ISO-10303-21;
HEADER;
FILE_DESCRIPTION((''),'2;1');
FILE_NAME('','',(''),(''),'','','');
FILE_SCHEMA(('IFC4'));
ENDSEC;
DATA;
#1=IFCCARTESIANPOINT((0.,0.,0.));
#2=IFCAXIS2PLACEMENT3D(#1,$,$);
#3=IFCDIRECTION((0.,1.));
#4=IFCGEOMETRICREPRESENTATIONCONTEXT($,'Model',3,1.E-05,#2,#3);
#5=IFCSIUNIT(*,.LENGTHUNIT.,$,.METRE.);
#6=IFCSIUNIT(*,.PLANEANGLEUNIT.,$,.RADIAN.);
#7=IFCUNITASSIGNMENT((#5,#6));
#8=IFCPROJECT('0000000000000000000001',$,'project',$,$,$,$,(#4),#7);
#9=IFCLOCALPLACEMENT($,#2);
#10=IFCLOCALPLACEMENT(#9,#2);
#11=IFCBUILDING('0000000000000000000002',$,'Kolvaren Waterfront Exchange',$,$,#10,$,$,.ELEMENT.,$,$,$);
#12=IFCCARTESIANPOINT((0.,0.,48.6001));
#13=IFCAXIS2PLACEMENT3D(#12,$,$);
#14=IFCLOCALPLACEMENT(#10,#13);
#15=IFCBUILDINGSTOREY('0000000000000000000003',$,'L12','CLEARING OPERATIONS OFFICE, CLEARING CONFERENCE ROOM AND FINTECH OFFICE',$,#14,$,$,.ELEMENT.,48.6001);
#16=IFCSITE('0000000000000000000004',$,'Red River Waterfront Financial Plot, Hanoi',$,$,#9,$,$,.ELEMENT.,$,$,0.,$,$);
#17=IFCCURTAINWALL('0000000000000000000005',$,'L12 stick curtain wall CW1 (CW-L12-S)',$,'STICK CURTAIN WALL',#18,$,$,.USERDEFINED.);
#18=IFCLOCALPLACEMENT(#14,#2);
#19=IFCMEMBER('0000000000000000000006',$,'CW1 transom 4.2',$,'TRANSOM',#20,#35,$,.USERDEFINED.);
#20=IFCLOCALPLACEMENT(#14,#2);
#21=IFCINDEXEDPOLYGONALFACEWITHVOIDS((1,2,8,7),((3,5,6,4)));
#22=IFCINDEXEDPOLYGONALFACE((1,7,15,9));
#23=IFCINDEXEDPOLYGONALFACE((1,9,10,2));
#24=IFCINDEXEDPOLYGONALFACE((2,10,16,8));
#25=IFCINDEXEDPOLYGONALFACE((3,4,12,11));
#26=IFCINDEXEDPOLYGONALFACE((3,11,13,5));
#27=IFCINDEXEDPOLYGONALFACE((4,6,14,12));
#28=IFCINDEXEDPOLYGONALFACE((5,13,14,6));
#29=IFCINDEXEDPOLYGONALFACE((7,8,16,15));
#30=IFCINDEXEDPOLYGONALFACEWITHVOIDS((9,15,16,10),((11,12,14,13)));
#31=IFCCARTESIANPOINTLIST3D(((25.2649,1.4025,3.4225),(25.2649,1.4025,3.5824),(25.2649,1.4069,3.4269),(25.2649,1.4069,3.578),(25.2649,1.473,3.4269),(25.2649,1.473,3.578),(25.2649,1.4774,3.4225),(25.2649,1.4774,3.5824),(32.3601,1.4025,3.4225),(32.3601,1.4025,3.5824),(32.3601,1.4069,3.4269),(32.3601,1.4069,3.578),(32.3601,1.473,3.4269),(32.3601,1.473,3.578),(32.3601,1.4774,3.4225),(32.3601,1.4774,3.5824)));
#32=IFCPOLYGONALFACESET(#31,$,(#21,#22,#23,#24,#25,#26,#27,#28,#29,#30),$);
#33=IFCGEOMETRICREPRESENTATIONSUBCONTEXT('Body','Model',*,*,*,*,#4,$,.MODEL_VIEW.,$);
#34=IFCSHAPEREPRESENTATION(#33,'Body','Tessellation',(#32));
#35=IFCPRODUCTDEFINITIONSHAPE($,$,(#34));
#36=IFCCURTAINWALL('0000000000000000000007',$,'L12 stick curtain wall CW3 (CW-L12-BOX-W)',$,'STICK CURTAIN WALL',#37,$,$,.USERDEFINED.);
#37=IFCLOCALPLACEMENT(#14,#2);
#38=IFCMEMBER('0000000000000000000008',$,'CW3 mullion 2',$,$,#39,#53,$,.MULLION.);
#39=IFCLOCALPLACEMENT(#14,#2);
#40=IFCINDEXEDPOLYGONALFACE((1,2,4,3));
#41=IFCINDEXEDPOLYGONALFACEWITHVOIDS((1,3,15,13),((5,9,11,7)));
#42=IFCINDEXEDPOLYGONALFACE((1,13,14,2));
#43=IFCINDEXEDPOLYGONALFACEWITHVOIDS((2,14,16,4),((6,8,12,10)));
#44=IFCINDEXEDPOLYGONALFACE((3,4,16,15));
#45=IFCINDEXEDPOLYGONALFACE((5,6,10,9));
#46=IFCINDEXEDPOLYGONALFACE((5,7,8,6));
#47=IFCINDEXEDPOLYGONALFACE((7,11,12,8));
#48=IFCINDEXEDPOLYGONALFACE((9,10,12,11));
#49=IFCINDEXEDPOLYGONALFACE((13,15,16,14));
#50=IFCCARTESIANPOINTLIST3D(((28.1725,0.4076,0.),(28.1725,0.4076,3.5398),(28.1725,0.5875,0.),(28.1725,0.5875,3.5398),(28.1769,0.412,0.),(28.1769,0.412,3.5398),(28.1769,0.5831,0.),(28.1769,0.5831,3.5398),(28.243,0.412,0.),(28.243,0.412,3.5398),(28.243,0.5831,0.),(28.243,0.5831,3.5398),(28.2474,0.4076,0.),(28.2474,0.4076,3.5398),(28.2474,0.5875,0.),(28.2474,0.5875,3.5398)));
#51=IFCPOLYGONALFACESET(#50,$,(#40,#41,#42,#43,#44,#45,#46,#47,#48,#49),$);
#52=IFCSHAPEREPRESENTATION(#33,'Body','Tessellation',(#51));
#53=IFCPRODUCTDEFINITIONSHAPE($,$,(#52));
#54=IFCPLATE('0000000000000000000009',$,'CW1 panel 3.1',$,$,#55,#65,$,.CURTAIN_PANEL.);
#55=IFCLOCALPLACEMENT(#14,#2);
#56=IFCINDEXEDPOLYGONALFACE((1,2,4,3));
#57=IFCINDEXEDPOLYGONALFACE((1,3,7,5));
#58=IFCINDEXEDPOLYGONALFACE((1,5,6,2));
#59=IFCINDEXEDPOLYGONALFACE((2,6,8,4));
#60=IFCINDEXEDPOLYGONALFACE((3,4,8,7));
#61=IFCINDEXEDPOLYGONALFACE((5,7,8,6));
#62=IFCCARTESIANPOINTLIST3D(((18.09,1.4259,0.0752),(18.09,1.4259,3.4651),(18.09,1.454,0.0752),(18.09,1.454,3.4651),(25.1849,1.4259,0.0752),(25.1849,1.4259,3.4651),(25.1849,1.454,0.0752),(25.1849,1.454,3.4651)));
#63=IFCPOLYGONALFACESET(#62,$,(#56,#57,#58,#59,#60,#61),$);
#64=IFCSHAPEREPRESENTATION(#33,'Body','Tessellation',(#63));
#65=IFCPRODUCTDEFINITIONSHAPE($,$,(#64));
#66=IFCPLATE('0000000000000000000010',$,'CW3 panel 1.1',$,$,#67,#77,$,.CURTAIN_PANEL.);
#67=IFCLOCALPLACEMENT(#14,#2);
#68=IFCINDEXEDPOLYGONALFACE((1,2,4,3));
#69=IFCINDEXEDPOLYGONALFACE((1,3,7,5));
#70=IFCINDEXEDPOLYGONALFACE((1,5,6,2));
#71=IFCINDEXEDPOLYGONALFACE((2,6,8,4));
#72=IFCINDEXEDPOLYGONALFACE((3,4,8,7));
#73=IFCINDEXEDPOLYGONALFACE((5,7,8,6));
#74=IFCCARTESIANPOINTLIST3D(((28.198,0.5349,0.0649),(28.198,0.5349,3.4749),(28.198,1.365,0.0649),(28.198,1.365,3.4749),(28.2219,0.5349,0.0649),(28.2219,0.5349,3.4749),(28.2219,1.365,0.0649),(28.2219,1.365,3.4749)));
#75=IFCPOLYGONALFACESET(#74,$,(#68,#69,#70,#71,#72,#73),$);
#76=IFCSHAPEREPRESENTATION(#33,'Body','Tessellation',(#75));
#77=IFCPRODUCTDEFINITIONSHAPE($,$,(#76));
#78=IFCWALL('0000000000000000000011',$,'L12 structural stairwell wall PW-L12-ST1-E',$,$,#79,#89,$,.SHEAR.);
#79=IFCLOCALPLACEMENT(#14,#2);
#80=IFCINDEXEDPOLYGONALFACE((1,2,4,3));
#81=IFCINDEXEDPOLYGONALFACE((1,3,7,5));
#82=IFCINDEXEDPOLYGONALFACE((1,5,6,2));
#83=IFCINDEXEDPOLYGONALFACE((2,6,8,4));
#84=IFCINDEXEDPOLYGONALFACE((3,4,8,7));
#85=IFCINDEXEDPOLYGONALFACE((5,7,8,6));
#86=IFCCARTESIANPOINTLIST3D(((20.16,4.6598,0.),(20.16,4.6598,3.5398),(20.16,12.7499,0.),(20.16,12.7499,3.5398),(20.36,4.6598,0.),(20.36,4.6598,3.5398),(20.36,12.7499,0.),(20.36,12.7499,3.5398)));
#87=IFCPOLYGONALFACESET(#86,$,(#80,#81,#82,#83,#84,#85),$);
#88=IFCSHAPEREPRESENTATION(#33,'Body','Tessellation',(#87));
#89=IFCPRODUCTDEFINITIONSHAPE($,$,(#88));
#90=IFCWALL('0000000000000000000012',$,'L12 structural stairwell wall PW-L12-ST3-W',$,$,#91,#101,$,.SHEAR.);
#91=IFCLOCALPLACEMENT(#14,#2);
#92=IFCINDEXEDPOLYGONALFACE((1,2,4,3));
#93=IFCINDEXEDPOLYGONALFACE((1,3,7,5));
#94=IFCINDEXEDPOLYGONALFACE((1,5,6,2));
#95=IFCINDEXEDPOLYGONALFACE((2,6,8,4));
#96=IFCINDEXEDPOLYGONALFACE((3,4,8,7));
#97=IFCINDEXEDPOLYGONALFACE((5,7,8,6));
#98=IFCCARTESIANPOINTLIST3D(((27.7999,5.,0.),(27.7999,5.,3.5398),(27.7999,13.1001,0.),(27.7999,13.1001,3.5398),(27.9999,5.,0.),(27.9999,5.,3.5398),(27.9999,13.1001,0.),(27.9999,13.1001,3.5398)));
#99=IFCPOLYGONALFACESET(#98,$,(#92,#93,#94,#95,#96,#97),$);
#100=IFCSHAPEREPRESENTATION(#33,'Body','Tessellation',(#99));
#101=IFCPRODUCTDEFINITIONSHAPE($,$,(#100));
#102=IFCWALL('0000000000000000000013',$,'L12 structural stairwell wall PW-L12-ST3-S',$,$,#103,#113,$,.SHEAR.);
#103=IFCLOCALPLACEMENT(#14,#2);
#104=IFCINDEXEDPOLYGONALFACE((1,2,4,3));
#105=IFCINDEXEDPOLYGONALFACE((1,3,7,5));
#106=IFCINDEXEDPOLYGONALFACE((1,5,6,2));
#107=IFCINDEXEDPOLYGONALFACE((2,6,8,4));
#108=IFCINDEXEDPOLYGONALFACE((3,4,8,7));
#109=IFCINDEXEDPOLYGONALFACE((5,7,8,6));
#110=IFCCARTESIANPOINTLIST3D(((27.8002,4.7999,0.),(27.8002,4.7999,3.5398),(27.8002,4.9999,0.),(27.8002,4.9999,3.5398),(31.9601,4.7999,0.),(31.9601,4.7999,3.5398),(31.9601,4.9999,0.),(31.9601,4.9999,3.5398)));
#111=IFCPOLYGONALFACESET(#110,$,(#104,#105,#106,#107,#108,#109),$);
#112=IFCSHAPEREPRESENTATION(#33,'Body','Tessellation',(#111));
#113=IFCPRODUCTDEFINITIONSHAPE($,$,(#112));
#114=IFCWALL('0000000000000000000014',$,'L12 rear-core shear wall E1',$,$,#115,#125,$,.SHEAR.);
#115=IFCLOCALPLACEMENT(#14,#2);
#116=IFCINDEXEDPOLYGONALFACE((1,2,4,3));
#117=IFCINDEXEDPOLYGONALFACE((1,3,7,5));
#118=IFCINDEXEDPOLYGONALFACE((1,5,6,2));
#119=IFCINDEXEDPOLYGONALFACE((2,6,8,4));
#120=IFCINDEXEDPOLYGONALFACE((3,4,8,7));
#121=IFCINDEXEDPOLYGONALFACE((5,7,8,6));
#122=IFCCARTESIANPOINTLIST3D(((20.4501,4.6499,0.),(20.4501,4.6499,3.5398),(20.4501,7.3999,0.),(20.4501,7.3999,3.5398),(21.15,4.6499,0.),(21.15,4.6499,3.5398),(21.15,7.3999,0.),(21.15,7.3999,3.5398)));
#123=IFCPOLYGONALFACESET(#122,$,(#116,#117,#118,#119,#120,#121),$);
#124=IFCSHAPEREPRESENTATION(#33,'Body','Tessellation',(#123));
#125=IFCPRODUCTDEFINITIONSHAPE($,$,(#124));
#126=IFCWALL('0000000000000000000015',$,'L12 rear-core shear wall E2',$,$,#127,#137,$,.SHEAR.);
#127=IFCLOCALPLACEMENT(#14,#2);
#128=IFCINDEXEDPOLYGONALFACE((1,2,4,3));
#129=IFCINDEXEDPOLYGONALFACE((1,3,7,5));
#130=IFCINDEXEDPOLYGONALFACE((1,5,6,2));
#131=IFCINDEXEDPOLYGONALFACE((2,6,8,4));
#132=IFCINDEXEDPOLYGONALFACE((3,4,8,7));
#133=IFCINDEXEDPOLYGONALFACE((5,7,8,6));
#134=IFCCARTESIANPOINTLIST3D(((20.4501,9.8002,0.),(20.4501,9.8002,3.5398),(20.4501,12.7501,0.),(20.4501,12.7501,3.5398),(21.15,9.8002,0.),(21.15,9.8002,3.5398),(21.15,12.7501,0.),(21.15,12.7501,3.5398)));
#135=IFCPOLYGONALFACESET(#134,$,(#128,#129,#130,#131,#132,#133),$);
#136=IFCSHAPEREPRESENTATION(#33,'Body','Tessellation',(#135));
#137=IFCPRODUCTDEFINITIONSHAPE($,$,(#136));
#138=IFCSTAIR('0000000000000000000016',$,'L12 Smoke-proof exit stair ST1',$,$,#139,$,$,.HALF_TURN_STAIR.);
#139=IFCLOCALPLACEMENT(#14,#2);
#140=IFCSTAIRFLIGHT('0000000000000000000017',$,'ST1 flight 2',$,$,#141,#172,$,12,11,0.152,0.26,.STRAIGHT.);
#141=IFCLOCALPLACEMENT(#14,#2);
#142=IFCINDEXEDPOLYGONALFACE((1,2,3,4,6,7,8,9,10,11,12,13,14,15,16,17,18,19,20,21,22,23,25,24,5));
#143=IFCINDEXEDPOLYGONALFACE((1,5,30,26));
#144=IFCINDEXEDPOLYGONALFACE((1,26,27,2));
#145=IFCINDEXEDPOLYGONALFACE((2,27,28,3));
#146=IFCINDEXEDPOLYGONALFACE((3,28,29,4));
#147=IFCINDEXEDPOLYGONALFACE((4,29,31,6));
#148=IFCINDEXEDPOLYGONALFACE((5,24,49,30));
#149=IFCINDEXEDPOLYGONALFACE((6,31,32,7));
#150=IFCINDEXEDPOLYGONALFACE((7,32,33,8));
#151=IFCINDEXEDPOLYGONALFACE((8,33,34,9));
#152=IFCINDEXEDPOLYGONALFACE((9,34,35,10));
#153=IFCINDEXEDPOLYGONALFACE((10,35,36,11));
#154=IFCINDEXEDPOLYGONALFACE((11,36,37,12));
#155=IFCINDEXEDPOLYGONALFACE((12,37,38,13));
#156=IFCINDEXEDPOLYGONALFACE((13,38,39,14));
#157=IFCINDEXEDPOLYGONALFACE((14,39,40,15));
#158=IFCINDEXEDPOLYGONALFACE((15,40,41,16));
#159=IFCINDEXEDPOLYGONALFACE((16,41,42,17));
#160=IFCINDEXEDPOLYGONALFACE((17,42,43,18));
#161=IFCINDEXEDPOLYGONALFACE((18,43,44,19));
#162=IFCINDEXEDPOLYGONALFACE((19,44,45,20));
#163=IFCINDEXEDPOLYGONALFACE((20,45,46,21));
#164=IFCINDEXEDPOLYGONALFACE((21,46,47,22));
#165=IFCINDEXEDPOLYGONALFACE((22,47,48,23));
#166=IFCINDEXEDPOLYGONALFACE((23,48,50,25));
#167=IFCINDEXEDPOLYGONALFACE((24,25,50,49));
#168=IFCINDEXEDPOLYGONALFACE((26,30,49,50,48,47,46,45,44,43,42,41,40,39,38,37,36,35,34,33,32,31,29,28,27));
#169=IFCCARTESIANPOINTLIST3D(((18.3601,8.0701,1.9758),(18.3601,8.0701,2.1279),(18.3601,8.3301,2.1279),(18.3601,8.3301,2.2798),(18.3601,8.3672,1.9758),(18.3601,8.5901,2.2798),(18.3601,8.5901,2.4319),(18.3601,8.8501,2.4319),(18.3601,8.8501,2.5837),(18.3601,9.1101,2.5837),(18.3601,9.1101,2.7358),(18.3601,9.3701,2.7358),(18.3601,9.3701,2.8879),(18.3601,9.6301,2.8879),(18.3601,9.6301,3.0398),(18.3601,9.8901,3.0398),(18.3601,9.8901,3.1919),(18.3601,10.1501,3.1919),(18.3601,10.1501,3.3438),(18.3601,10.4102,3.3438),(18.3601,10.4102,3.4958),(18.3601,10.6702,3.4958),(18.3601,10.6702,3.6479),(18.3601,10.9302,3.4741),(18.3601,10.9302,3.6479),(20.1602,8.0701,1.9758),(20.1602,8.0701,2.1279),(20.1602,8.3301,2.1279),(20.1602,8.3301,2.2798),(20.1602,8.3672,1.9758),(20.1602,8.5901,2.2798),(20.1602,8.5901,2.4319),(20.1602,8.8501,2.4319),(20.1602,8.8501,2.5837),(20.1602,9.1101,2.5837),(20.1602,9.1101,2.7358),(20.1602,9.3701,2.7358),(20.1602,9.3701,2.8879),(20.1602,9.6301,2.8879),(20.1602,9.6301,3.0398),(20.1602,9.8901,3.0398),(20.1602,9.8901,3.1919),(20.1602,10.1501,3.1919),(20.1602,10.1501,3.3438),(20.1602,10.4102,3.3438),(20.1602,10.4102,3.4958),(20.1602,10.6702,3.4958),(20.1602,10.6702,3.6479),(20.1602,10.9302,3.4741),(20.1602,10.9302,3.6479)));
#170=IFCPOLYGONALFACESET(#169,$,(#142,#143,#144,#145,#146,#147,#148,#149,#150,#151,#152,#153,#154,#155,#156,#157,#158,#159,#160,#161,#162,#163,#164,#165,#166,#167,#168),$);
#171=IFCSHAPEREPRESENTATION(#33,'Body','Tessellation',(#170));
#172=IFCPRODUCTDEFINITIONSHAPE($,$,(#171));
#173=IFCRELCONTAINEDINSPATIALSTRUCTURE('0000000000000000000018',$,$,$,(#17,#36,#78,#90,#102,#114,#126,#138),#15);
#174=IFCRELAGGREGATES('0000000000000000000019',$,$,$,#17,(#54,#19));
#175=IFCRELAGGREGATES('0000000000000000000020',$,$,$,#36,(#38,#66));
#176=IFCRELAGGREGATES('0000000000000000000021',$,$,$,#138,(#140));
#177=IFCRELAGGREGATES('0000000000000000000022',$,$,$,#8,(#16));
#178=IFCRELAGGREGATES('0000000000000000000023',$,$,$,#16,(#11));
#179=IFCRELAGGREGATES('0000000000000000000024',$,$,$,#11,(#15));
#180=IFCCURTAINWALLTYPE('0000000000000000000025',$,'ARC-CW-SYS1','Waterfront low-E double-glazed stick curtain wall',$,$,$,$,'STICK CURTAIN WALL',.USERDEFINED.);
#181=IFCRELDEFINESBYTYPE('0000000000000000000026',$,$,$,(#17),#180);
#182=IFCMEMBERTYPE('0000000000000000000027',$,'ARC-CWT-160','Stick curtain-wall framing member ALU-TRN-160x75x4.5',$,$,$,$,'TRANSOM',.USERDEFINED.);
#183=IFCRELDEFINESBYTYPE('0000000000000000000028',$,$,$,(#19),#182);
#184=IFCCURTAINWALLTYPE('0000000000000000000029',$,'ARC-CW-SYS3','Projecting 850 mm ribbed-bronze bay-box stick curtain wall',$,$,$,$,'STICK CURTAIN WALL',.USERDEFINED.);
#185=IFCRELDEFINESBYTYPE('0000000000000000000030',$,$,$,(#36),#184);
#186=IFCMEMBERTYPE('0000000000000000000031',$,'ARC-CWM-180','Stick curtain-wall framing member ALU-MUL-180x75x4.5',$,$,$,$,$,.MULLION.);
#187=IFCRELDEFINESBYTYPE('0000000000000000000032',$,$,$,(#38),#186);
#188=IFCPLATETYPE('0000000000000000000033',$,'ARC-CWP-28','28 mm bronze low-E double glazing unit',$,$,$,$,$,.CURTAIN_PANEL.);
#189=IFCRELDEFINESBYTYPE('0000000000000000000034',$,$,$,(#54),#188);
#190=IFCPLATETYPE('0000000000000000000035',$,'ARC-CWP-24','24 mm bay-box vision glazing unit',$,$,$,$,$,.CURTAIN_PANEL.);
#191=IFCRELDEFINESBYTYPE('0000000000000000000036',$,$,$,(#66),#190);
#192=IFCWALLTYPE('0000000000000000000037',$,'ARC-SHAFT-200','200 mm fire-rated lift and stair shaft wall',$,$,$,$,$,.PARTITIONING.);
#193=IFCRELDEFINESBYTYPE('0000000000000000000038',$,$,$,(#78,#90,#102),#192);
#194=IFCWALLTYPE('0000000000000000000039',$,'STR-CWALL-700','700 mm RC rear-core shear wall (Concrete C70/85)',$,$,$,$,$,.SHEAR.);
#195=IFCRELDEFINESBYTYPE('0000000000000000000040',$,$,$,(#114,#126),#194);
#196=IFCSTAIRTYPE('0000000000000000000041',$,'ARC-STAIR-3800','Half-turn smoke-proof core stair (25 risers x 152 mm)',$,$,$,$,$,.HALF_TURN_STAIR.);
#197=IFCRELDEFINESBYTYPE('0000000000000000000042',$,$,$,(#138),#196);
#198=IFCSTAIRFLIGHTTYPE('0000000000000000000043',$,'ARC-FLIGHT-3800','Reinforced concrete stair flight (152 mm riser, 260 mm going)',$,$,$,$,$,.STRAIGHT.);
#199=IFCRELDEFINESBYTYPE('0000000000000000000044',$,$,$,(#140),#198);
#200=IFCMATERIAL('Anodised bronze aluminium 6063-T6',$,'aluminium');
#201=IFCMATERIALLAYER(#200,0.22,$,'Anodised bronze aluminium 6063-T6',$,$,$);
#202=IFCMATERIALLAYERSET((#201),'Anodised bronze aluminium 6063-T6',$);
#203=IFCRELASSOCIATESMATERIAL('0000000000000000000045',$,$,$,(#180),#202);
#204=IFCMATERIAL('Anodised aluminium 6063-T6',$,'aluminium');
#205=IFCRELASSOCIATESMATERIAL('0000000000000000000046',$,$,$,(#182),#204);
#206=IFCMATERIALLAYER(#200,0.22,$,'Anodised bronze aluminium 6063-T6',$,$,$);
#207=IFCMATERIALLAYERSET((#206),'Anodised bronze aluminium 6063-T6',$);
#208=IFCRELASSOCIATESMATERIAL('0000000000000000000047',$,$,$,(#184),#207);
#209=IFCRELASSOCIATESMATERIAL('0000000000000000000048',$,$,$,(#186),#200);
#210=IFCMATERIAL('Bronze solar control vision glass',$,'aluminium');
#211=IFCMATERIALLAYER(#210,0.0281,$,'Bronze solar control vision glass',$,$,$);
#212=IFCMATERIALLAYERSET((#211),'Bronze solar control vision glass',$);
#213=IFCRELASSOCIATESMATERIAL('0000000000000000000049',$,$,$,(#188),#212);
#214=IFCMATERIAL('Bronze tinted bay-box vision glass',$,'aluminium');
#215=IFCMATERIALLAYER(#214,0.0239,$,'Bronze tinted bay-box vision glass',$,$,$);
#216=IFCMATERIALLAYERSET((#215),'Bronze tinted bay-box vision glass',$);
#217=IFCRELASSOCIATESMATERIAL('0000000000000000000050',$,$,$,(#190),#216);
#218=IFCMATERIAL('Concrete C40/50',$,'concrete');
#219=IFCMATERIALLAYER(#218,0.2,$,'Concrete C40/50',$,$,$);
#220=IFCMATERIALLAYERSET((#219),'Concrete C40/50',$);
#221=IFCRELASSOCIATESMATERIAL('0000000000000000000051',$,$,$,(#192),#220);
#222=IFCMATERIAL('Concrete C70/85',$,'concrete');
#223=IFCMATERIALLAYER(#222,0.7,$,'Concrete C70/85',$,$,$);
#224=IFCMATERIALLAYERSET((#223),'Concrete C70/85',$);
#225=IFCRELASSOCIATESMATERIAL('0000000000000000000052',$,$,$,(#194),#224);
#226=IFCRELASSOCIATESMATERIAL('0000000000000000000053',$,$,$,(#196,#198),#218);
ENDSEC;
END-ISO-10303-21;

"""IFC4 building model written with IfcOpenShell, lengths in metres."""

from ifc_helpers import new_model, si_unit, direction, frame, frame_2d, origin, origin_with_axes, origin_2d, place, context, subcontext, project, spatial, polyline, rectangle, hollow_rectangle, outline, extrude, source, transform, mapped, material, layer, layer_set, material_profile, profile_set, type_object, element, aggregate, save


model = new_model("IFC4")

# Units and contexts
model_context = context("Model", 3, precision=1e-05, world=origin(), true_north=direction((0.0, 1.0)))
body_context = subcontext(model_context, "Body", "Model", "MODEL_VIEW")
ifc_project = project(units=[si_unit("LENGTHUNIT", "METRE"), si_unit("PLANEANGLEUNIT", "RADIAN")], contexts=[model_context])

# Site, building, storey
site_placement = place(None, origin())
site = spatial("IfcSite", under=ifc_project, at=site_placement, Name="Red River Waterfront Financial Plot, Hanoi", CompositionType="ELEMENT", RefElevation=0.0)
building_placement = place(site_placement, origin())
building = spatial("IfcBuilding", under=site, at=building_placement, Name="Kolvaren Waterfront Exchange", CompositionType="ELEMENT")
storey_placement = place(building_placement, frame((0.0, 0.0, 48.6001)))
storey = spatial("IfcBuildingStorey", under=building, at=storey_placement, Name="L12", Description="CLEARING OPERATIONS OFFICE, CLEARING CONFERENCE ROOM AND FINTECH OFFICE", CompositionType="ELEMENT", Elevation=48.6001)

# Shared definitions
ifc_material_1 = material(Name="Concrete C70/85", Category="concrete")

# Curtain wall, member
ifc_material_2 = material(Name="Anodised bronze aluminium 6063-T6", Category="aluminium")
ifc_layer_1 = layer(ifc_material_2, 0.22, Name="Anodised bronze aluminium 6063-T6")
ifc_layer_set_1 = layer_set([ifc_layer_1], Name="Anodised bronze aluminium 6063-T6")
curtain_wall_type_1 = type_object("IfcCurtainWallType", Name="ARC-CW-SYS1", Description="Waterfront low-E double-glazed stick curtain wall", ElementType="STICK CURTAIN WALL", PredefinedType="USERDEFINED", material=ifc_layer_set_1)
curtain_wall_1_placement = place(storey_placement, origin())
curtain_wall_1 = element("IfcCurtainWall", 1, at=curtain_wall_1_placement, inside=storey, type_object=curtain_wall_type_1, Name="L12 stick curtain wall CW1 (CW-L12-S)", ObjectType="STICK CURTAIN WALL", PredefinedType="USERDEFINED")
ifc_material_3 = material(Name="Anodised aluminium 6063-T6", Category="aluminium")
ifc_material_profile_1 = material_profile(ifc_material_3, hollow_rectangle(XDim=0.075, YDim=0.1599, WallThickness=0.0044, at=origin_2d()), Name="ALU-TRN-160x75x4.5")
ifc_profile_set_1 = profile_set([ifc_material_profile_1], Name="Anodised aluminium 6063-T6")
member_type_1 = type_object("IfcMemberType", Name="ARC-CWT-160", Description="Stick curtain-wall framing member ALU-TRN-160x75x4.5", ElementType="TRANSOM", PredefinedType="USERDEFINED", material=ifc_profile_set_1)
shared_shape_1 = source(origin_with_axes(), body_context, "Body", "SweptSolid", [
    extrude(hollow_rectangle(XDim=0.075, YDim=0.1599, WallThickness=0.0044, at=origin_2d()), origin(), (0.0, 0.0, 1.0), 7.0952),
])
member_1_placement = place(storey_placement, frame((25.2649, 1.4399, 3.5024), z_axis=(1.0, 0.0, 0.0), x_axis=(0.0, 1.0, 0.0)))
member_1 = element("IfcMember", 2, at=member_1_placement, type_object=member_type_1, Name="CW1 transom 4.2", ObjectType="TRANSOM", PredefinedType="USERDEFINED", context=body_context, shape_type="MappedRepresentation", body=[
    mapped(shared_shape_1, transform((0.0, 0.0, 0.0), x_axis=(1.0, 0.0, 0.0), y_axis=(0.0, 1.0, 0.0), z_axis=(0.0, 0.0, 1.0), scale=1.0)),
])

# Curtain wall, member
ifc_layer_2 = layer(ifc_material_2, 0.22, Name="Anodised bronze aluminium 6063-T6")
ifc_layer_set_2 = layer_set([ifc_layer_2], Name="Anodised bronze aluminium 6063-T6")
curtain_wall_type_2 = type_object("IfcCurtainWallType", Name="ARC-CW-SYS3", Description="Projecting 850 mm ribbed-bronze bay-box stick curtain wall", ElementType="STICK CURTAIN WALL", PredefinedType="USERDEFINED", material=ifc_layer_set_2)
curtain_wall_2_placement = place(storey_placement, origin())
curtain_wall_2 = element("IfcCurtainWall", 3, at=curtain_wall_2_placement, inside=storey, type_object=curtain_wall_type_2, Name="L12 stick curtain wall CW3 (CW-L12-BOX-W)", ObjectType="STICK CURTAIN WALL", PredefinedType="USERDEFINED")
ifc_material_profile_2 = material_profile(ifc_material_2, hollow_rectangle(XDim=0.075, YDim=0.1799, WallThickness=0.0044, at=origin_2d()), Name="ALU-MUL-180x75x4.5")
ifc_profile_set_2 = profile_set([ifc_material_profile_2], Name="Anodised bronze aluminium 6063-T6")
member_type_2 = type_object("IfcMemberType", Name="ARC-CWM-180", Description="Stick curtain-wall framing member ALU-MUL-180x75x4.5", PredefinedType="MULLION", material=ifc_profile_set_2)
shared_shape_2 = source(origin_with_axes(), body_context, "Body", "SweptSolid", [
    extrude(hollow_rectangle(XDim=0.075, YDim=0.1799, WallThickness=0.0044, at=origin_2d()), origin(), (0.0, 0.0, 1.0), 3.5398),
])
member_2_placement = place(storey_placement, frame((28.21, 0.4976, 0.0), z_axis=(0.0, 0.0, 1.0), x_axis=(1.0, 0.0, 0.0)))
member_2 = element("IfcMember", 4, at=member_2_placement, type_object=member_type_2, Name="CW3 mullion 2", PredefinedType="MULLION", context=body_context, shape_type="MappedRepresentation", body=[
    mapped(shared_shape_2, transform((0.0, 0.0, 0.0), x_axis=(1.0, 0.0, 0.0), y_axis=(0.0, 1.0, 0.0), z_axis=(0.0, 0.0, 1.0), scale=1.0)),
])

# Plates
ifc_material_4 = material(Name="Bronze solar control vision glass", Category="aluminium")
ifc_layer_3 = layer(ifc_material_4, 0.0281, Name="Bronze solar control vision glass")
ifc_layer_set_3 = layer_set([ifc_layer_3], Name="Bronze solar control vision glass")
plate_type_1 = type_object("IfcPlateType", Name="ARC-CWP-28", Description="28 mm bronze low-E double glazing unit", PredefinedType="CURTAIN_PANEL", material=ifc_layer_set_3)
shared_shape_3 = source(origin_with_axes(), body_context, "Body", "SweptSolid", [
    extrude(rectangle(XDim=7.095, YDim=0.0281, at=origin_2d()), origin(), (0.0, 0.0, 1.0), 3.3899),
])
plate_1_placement = place(storey_placement, frame((21.6375, 1.4399, 0.0752), z_axis=(0.0, 0.0, 1.0), x_axis=(1.0, 0.0, 0.0)))
plate_1 = element("IfcPlate", 5, at=plate_1_placement, type_object=plate_type_1, Name="CW1 panel 3.1", PredefinedType="CURTAIN_PANEL", context=body_context, shape_type="MappedRepresentation", body=[
    mapped(shared_shape_3, transform((0.0, 0.0, 0.0), x_axis=(1.0, 0.0, 0.0), y_axis=(0.0, 1.0, 0.0), z_axis=(0.0, 0.0, 1.0), scale=1.0)),
])
aggregate(curtain_wall_1, [plate_1, member_1])
ifc_material_5 = material(Name="Bronze tinted bay-box vision glass", Category="aluminium")
ifc_layer_4 = layer(ifc_material_5, 0.0239, Name="Bronze tinted bay-box vision glass")
ifc_layer_set_4 = layer_set([ifc_layer_4], Name="Bronze tinted bay-box vision glass")
plate_type_2 = type_object("IfcPlateType", Name="ARC-CWP-24", Description="24 mm bay-box vision glazing unit", PredefinedType="CURTAIN_PANEL", material=ifc_layer_set_4)
shared_shape_4 = source(origin_with_axes(), body_context, "Body", "SweptSolid", [
    extrude(rectangle(XDim=0.8301, YDim=0.0239, at=origin_2d()), origin(), (0.0, 0.0, 1.0), 3.4099),
])
plate_2_placement = place(storey_placement, frame((28.21, 0.95, 0.0649), z_axis=(0.0, 0.0, 1.0), x_axis=(0.0, -1.0, 0.0)))
plate_2 = element("IfcPlate", 6, at=plate_2_placement, type_object=plate_type_2, Name="CW3 panel 1.1", PredefinedType="CURTAIN_PANEL", context=body_context, shape_type="MappedRepresentation", body=[
    mapped(shared_shape_4, transform((0.0, 0.0, 0.0), x_axis=(1.0, 0.0, 0.0), y_axis=(0.0, 1.0, 0.0), z_axis=(0.0, 0.0, 1.0), scale=1.0)),
])
aggregate(curtain_wall_2, [member_2, plate_2])

# Walls
ifc_material_6 = material(Name="Concrete C40/50", Category="concrete")
ifc_layer_5 = layer(ifc_material_6, 0.2, Name="Concrete C40/50")
ifc_layer_set_5 = layer_set([ifc_layer_5], Name="Concrete C40/50")
wall_type_1 = type_object("IfcWallType", Name="ARC-SHAFT-200", Description="200 mm fire-rated lift and stair shaft wall", PredefinedType="PARTITIONING", material=ifc_layer_set_5)
wall_1_placement = place(storey_placement, frame((20.26, 4.6599, 0.0), z_axis=(0.0, 0.0, 1.0), x_axis=(0.0, 1.0, 0.0)))
element("IfcWall", 7, at=wall_1_placement, inside=storey, type_object=wall_type_1, Name="L12 structural stairwell wall PW-L12-ST1-E", PredefinedType="SHEAR", context=body_context, shape_type="SweptSolid", body=[
    extrude(rectangle(XDim=8.0901, YDim=0.2, at=frame_2d((4.0449, 0.0))), origin(), (0.0, 0.0, 1.0), 3.5398),
])
wall_2_placement = place(storey_placement, frame((27.8999, 5.0, 0.0), z_axis=(0.0, 0.0, 1.0), x_axis=(0.0, 1.0, 0.0)))
element("IfcWall", 8, at=wall_2_placement, inside=storey, type_object=wall_type_1, Name="L12 structural stairwell wall PW-L12-ST3-W", PredefinedType="SHEAR", context=body_context, shape_type="SweptSolid", body=[
    extrude(rectangle(XDim=8.1001, YDim=0.2, at=frame_2d((4.05, 0.0))), origin(), (0.0, 0.0, 1.0), 3.5398),
])
wall_3_placement = place(storey_placement, frame((27.8, 4.8999, 0.0), z_axis=(0.0, 0.0, 1.0), x_axis=(1.0, 0.0, 0.0)))
element("IfcWall", 9, at=wall_3_placement, inside=storey, type_object=wall_type_1, Name="L12 structural stairwell wall PW-L12-ST3-S", PredefinedType="SHEAR", context=body_context, shape_type="SweptSolid", body=[
    extrude(rectangle(XDim=4.1599, YDim=0.2, at=frame_2d((2.0801, 0.0))), origin(), (0.0, 0.0, 1.0), 3.5398),
])
ifc_layer_6 = layer(ifc_material_1, 0.7, Name="Concrete C70/85")
ifc_layer_set_6 = layer_set([ifc_layer_6], Name="Concrete C70/85")
wall_type_2 = type_object("IfcWallType", Name="STR-CWALL-700", Description="700 mm RC rear-core shear wall (Concrete C70/85)", PredefinedType="SHEAR", material=ifc_layer_set_6)
wall_4_placement = place(storey_placement, frame((20.8, 4.6499, 0.0), z_axis=(0.0, 0.0, 1.0), x_axis=(0.0, 1.0, 0.0)))
element("IfcWall", 10, at=wall_4_placement, inside=storey, type_object=wall_type_2, Name="L12 rear-core shear wall E1", PredefinedType="SHEAR", context=body_context, shape_type="SweptSolid", body=[
    extrude(rectangle(XDim=2.75, YDim=0.7, at=frame_2d((1.375, 0.0))), origin(), (0.0, 0.0, 1.0), 3.5398),
])
wall_5_placement = place(storey_placement, frame((20.8, 9.8, 0.0), z_axis=(0.0, 0.0, 1.0), x_axis=(0.0, 1.0, 0.0)))
element("IfcWall", 11, at=wall_5_placement, inside=storey, type_object=wall_type_2, Name="L12 rear-core shear wall E2", PredefinedType="SHEAR", context=body_context, shape_type="SweptSolid", body=[
    extrude(rectangle(XDim=2.95, YDim=0.7, at=frame_2d((1.4751, 0.0))), origin(), (0.0, 0.0, 1.0), 3.5398),
])

# Stair, stair flight
stair_type = type_object("IfcStairType", Name="ARC-STAIR-3800", Description="Half-turn smoke-proof core stair (25 risers x 152 mm)", PredefinedType="HALF_TURN_STAIR", material=ifc_material_6)
stair_placement = place(storey_placement, origin())
stair = element("IfcStair", 12, at=stair_placement, inside=storey, type_object=stair_type, Name="L12 Smoke-proof exit stair ST1", PredefinedType="HALF_TURN_STAIR")
stair_flight_type = type_object("IfcStairFlightType", Name="ARC-FLIGHT-3800", Description="Reinforced concrete stair flight (152 mm riser, 260 mm going)", PredefinedType="STRAIGHT", material=ifc_material_6)
stair_flight_placement = place(storey_placement, frame((19.26, 8.0701, 1.9758), z_axis=(0.0, 0.0, 1.0), x_axis=(0.0, 1.0, 0.0)))
stair_flight = element("IfcStairFlight", 13, at=stair_flight_placement, type_object=stair_flight_type, Name="ST1 flight 2", NumberOfRisers=12, NumberOfTreads=11, PredefinedType="STRAIGHT", RiserHeight=0.152, TreadLength=0.26, context=body_context, shape_type="SweptSolid", body=[
    extrude(outline(polyline([(0.0, 0.0), (0.0, 0.1521), (0.26, 0.1521), (0.26, 0.304), (0.52, 0.304), (0.52, 0.4561), (0.78, 0.4561), (0.78, 0.6079), (1.04, 0.6079), (1.04, 0.76), (1.3, 0.76), (1.3, 0.9121), (1.5601, 0.9121), (1.5601, 1.064), (1.8201, 1.064), (1.8201, 1.2161), (2.0801, 1.2161), (2.0801, 1.3679), (2.3401, 1.3679), (2.3401, 1.52), (2.6001, 1.52), (2.6001, 1.6721), (2.8601, 1.6721), (2.8601, 1.824), (2.8601, 1.4983), (0.2971, 0.0), (0.0, 0.0)])), frame((0.0, 0.8999, 0.0), z_axis=(0.0, -1.0, 0.0), x_axis=(1.0, 0.0, 0.0)), (0.0, 0.0, 1.0), 1.8),
])
aggregate(stair, [stair_flight])

save(model, "model.ifc")
